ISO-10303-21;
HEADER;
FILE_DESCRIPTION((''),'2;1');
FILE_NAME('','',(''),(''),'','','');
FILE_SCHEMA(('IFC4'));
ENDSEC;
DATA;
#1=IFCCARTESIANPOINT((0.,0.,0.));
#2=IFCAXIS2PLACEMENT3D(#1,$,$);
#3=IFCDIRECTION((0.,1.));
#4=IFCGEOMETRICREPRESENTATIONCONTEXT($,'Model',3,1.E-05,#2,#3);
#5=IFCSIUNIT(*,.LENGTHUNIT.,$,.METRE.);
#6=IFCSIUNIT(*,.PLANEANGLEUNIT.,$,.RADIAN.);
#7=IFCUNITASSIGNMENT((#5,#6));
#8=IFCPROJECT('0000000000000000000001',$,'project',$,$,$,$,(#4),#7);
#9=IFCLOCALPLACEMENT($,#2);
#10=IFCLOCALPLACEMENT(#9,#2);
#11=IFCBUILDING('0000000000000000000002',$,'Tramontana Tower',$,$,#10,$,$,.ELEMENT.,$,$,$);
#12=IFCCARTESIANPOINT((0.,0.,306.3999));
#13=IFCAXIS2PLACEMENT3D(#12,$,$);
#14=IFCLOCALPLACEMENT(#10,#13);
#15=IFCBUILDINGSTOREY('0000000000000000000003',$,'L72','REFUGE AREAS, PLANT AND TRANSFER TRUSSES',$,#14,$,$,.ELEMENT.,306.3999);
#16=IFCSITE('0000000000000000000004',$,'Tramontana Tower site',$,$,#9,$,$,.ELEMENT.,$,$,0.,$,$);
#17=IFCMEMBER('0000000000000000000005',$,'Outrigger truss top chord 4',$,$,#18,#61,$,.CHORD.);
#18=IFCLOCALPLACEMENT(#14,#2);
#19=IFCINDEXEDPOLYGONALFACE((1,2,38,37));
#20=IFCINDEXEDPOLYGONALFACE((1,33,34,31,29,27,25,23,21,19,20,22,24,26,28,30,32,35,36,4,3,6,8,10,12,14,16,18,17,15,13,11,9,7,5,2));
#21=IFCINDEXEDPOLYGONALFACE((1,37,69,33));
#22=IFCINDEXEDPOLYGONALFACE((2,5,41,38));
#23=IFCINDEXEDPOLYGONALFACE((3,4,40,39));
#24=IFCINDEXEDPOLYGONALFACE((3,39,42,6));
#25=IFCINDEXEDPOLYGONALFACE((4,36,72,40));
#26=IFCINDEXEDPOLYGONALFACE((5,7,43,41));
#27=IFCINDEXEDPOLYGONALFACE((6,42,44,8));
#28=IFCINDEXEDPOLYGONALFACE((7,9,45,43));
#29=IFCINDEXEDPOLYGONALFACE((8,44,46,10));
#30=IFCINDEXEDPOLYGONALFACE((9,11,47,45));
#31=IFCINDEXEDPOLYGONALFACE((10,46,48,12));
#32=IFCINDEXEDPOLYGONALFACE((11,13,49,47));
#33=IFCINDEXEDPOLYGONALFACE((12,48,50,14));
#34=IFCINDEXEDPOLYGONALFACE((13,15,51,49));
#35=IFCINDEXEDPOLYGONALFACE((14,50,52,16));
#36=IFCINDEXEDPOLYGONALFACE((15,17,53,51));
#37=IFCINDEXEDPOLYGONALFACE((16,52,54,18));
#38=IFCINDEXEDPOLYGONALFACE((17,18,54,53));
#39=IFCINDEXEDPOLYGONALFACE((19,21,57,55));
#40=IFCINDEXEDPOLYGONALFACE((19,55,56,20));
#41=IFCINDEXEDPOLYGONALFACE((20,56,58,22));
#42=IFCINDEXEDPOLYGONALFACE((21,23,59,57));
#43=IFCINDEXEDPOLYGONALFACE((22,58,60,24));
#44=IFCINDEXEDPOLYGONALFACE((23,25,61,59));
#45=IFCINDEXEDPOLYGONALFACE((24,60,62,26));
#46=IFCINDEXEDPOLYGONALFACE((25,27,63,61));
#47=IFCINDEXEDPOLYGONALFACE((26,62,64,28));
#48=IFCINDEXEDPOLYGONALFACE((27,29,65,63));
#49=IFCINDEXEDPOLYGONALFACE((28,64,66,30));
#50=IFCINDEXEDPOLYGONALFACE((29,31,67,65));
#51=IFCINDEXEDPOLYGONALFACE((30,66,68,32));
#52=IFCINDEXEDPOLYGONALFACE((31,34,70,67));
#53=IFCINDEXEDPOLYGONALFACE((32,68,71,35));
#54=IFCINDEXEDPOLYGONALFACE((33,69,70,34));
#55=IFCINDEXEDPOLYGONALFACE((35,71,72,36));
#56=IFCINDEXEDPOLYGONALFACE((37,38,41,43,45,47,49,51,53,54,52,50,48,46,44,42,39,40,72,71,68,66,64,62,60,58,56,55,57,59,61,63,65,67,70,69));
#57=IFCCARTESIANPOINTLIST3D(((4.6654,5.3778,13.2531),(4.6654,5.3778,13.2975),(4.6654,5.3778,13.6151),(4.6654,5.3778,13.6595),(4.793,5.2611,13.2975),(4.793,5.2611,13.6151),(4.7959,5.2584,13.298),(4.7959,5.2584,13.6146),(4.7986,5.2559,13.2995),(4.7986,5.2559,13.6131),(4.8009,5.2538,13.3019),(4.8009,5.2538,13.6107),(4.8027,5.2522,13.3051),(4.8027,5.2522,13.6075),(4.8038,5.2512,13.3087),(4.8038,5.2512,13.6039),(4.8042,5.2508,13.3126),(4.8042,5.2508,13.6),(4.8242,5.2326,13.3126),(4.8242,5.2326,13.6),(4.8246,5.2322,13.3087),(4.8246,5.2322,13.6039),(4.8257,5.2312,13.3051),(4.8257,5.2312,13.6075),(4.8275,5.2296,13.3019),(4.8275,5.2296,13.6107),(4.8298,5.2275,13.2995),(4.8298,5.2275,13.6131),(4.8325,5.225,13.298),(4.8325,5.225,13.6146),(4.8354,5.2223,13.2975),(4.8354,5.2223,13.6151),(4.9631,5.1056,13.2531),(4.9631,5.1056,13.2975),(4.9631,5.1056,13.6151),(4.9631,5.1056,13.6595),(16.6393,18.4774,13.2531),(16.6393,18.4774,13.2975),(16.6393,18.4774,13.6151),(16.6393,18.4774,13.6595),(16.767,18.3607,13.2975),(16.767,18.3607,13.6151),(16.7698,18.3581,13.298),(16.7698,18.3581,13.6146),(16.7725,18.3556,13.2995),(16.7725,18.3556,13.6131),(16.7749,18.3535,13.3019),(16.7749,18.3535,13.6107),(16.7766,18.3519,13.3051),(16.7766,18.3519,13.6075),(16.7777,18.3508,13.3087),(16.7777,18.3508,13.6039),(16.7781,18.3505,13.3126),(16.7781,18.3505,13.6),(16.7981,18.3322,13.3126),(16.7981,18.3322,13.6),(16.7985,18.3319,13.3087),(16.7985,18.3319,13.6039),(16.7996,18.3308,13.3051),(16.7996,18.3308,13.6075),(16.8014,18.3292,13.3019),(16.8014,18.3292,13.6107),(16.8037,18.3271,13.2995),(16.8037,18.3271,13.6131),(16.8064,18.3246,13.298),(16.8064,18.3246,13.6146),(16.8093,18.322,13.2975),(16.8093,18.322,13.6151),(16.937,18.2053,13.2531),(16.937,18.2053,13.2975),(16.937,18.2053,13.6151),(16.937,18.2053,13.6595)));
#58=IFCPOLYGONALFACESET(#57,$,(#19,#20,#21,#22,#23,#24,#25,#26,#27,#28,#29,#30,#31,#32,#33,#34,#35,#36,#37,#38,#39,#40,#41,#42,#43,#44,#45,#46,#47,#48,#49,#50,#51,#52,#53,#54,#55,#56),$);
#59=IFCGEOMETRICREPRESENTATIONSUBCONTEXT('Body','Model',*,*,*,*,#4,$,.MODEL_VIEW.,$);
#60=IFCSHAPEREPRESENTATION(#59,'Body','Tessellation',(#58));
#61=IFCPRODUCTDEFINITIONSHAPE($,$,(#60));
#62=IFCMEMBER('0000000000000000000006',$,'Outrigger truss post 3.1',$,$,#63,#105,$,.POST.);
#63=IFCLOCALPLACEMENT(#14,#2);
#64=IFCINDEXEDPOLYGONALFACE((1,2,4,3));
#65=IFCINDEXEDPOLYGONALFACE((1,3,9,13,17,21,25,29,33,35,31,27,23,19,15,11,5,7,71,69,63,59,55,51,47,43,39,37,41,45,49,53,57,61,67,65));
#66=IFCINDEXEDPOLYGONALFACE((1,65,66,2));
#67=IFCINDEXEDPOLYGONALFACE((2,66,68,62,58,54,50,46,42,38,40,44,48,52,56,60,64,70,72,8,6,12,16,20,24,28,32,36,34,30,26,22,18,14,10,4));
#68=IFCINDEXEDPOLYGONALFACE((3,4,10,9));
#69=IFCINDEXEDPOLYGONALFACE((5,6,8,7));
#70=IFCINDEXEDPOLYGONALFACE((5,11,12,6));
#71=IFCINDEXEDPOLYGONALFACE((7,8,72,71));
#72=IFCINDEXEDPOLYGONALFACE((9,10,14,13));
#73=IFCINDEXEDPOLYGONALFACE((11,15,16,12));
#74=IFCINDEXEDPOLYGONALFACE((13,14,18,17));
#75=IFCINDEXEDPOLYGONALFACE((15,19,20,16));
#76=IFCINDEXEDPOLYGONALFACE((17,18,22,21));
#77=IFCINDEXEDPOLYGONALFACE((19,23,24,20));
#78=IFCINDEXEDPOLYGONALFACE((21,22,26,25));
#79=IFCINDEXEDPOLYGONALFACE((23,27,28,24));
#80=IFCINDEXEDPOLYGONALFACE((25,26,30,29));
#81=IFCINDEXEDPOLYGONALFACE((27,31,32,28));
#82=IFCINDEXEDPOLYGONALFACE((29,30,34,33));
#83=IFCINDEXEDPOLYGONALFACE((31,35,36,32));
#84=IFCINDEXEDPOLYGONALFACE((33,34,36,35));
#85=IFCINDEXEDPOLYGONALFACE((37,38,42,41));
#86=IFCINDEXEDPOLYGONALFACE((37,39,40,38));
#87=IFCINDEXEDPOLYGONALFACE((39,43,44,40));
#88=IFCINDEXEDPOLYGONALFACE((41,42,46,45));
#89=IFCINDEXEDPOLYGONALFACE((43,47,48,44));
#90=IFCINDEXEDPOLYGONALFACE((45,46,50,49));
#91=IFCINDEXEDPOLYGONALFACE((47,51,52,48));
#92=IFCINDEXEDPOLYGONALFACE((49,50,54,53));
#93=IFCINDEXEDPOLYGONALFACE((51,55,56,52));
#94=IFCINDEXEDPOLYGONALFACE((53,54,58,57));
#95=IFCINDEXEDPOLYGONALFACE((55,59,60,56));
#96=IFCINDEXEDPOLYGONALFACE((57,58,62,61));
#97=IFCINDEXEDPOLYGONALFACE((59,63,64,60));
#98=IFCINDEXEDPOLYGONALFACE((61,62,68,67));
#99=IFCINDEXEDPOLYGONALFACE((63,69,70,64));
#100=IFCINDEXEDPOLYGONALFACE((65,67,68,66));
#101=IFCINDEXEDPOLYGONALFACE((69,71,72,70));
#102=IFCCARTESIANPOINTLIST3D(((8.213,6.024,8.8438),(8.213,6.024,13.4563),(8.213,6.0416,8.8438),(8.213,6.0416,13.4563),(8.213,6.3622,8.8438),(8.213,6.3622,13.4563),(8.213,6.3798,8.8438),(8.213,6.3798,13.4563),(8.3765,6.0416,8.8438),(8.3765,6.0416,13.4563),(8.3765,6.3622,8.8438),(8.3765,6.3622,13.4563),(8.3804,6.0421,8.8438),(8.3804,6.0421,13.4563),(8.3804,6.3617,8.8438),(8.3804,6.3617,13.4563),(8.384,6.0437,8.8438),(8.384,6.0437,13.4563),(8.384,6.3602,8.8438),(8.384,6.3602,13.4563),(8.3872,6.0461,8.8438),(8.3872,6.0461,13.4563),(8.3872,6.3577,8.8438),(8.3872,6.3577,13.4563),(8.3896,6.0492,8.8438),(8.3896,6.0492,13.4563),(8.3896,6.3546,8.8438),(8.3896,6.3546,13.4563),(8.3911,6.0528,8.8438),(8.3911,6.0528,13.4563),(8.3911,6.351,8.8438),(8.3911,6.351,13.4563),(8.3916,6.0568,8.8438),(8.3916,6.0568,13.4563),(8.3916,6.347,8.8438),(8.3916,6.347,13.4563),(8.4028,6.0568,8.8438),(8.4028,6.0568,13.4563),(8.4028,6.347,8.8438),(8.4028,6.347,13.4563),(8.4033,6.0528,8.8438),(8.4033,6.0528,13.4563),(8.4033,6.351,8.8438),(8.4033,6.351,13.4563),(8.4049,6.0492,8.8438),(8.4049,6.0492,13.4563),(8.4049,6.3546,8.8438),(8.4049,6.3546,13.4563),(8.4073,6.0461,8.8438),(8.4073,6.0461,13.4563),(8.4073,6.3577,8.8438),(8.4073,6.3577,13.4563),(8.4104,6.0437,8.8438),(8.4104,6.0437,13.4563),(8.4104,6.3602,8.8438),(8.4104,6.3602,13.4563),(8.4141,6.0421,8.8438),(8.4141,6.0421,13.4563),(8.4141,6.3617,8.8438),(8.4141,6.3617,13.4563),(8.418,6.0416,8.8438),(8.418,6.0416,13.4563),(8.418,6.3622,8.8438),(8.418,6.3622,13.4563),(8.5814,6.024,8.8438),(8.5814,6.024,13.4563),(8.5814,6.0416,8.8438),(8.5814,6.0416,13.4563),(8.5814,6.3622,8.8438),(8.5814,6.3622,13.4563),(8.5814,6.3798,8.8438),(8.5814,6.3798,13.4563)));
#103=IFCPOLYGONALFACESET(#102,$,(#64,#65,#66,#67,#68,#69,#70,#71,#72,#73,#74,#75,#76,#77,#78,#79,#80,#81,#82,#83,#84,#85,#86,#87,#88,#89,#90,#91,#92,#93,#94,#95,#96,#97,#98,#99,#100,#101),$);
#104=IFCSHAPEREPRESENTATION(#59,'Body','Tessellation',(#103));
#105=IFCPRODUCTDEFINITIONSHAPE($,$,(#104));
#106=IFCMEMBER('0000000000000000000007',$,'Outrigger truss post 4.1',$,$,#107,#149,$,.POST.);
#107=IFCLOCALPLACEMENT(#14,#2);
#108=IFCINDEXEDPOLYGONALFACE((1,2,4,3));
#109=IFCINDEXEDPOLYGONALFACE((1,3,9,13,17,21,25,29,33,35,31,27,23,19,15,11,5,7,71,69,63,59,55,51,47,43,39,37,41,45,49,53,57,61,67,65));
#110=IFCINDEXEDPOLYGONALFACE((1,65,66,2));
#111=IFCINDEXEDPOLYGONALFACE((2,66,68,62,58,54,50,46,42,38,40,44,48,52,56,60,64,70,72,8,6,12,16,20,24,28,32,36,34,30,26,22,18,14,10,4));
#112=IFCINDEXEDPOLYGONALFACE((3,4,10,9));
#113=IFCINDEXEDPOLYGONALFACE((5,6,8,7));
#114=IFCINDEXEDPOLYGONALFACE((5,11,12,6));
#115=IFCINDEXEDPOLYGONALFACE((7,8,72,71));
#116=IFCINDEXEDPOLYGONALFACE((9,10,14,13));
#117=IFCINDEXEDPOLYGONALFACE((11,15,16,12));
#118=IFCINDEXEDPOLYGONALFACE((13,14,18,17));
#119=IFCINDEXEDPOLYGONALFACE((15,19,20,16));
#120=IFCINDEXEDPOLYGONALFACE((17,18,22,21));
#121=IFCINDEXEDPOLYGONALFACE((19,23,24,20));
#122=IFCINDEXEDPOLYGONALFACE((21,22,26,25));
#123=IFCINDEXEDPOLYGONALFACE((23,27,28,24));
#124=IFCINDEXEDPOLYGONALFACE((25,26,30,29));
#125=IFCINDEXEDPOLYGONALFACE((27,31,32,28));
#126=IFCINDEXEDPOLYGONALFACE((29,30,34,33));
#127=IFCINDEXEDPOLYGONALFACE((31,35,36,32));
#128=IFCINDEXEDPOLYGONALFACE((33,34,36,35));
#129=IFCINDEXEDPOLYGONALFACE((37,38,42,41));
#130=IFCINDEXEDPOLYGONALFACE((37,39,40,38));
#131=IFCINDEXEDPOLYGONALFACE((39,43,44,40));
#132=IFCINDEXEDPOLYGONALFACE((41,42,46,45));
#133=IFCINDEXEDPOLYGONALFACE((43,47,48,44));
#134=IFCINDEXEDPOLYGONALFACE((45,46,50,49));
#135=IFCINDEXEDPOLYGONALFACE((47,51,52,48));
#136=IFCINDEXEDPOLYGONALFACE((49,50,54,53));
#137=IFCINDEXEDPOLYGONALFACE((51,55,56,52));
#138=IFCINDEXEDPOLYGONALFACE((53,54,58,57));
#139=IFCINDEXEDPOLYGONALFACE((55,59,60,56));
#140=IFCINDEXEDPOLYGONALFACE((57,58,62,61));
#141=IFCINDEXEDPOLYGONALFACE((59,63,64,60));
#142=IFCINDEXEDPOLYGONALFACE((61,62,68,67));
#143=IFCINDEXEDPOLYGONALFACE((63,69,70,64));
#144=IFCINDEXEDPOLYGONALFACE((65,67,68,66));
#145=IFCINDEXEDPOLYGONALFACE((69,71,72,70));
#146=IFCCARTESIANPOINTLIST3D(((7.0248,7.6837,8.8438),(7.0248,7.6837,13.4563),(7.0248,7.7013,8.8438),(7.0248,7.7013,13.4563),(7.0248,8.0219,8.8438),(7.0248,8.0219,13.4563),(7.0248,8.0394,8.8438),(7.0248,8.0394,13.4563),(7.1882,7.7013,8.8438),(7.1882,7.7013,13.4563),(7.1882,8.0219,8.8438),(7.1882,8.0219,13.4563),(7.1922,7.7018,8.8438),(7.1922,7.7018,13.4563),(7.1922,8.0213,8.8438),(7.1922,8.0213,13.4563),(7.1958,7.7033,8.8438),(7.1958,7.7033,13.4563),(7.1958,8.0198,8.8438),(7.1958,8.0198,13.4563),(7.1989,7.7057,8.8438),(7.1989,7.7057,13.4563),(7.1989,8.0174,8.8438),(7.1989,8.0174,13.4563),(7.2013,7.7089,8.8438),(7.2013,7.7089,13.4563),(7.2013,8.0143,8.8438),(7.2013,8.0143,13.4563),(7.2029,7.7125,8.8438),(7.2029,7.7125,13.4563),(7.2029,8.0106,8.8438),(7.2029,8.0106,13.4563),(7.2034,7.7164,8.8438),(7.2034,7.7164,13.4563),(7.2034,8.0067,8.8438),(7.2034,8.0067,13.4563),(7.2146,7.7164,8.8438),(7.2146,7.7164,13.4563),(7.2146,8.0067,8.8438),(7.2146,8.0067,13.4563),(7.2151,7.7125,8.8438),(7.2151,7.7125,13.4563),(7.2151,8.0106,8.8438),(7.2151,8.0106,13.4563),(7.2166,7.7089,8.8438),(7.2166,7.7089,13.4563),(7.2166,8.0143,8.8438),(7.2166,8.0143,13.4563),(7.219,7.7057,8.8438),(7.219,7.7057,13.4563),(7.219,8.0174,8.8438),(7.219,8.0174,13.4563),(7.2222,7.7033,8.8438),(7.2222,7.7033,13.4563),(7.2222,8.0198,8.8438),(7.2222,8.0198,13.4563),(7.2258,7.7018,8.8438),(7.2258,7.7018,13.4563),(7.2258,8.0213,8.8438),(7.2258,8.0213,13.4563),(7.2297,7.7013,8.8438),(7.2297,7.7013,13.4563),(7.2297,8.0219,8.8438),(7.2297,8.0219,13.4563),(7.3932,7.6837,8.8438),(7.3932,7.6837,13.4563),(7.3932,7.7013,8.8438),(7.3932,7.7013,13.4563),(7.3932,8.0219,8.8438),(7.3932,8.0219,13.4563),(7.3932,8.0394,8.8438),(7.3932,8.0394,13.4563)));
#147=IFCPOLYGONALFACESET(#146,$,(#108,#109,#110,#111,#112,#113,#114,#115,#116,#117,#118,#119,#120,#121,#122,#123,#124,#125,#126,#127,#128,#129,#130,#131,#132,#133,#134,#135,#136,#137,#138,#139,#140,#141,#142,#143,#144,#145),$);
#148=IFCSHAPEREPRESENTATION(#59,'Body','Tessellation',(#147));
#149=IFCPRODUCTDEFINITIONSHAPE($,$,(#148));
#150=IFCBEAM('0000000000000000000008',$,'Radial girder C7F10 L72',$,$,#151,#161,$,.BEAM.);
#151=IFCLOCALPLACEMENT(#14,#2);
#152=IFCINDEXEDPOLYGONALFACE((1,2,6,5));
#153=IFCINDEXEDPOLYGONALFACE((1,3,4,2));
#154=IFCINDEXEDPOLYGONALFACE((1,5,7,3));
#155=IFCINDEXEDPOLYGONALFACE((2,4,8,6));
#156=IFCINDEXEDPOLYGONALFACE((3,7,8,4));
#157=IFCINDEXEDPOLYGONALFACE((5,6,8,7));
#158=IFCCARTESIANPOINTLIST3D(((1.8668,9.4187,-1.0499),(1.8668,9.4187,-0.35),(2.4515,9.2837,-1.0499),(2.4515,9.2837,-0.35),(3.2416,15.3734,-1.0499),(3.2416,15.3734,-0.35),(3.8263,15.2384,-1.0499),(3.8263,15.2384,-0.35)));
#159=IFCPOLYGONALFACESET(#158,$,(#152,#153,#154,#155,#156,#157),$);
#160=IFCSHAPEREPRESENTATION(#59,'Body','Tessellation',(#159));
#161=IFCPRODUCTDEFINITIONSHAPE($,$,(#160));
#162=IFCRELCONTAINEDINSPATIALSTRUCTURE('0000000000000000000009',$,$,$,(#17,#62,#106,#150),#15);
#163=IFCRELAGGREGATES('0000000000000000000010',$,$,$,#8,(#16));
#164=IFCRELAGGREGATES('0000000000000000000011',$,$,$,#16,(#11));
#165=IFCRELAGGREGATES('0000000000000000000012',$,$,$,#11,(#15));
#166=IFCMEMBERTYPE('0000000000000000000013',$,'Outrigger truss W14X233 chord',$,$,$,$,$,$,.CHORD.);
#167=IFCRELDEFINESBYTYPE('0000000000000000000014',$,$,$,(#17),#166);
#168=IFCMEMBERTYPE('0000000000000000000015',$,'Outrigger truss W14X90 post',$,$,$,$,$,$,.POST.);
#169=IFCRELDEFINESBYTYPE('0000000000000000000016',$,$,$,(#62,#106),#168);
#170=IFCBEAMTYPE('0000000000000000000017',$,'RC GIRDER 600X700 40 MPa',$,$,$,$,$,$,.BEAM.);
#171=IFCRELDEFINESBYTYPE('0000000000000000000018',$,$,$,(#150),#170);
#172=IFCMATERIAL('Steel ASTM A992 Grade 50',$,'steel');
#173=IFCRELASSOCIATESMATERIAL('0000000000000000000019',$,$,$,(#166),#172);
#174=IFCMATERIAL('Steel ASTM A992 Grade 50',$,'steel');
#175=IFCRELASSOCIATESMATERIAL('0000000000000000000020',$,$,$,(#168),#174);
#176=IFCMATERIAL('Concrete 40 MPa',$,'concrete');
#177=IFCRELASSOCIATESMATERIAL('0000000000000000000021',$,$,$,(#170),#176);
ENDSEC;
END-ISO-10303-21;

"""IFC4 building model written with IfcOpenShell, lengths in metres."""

from ifc_helpers import new_model, si_unit, direction, frame, origin, origin_2d, place, context, subcontext, project, spatial, rectangle, i_section, extrude, material, material_profile, profile_set, type_object, element, save


model = new_model("IFC4")

# Units and contexts
model_context = context("Model", 3, precision=1e-05, world=origin(), true_north=direction((0.0, 1.0)))
body_context = subcontext(model_context, "Body", "Model", "MODEL_VIEW")
ifc_project = project(units=[si_unit("LENGTHUNIT", "METRE"), si_unit("PLANEANGLEUNIT", "RADIAN")], contexts=[model_context])

# Site, building, storey
site_placement = place(None, origin())
site = spatial("IfcSite", under=ifc_project, at=site_placement, Name="Tramontana Tower site", CompositionType="ELEMENT", RefElevation=0.0)
building_placement = place(site_placement, origin())
building = spatial("IfcBuilding", under=site, at=building_placement, Name="Tramontana Tower", CompositionType="ELEMENT")
storey_placement = place(building_placement, frame((0.0, 0.0, 306.3999)))
storey = spatial("IfcBuildingStorey", under=building, at=storey_placement, Name="L72", Description="REFUGE AREAS, PLANT AND TRANSFER TRUSSES", CompositionType="ELEMENT", Elevation=306.3999)

# Members
ifc_material_1 = material(Name="Steel ASTM A992 Grade 50", Category="steel")
ifc_material_profile_1 = material_profile(ifc_material_1, i_section(OverallWidth=0.4033, OverallDepth=0.4065, WebThickness=0.0271, FlangeThickness=0.0444, FilletRadius=0.0151, at=origin_2d()), Name="W14X233")
ifc_profile_set_1 = profile_set([ifc_material_profile_1], Name="Steel ASTM A992 Grade 50")
member_type_1 = type_object("IfcMemberType", Name="Outrigger truss W14X233 chord", PredefinedType="CHORD", material=ifc_profile_set_1)
for number, where, z_axis, x_axis, name in (
    (1, (4.8142, 5.2417, 13.4563), (0.67468, 0.73811, 0.0), (-0.73811, 0.67468, 0.0), "Outrigger truss top chord 4"),
):
    element("IfcMember", number, at=place(storey_placement, frame(where, z_axis=z_axis, x_axis=x_axis)), inside=storey, type_object=member_type_1, Name=name, PredefinedType="CHORD", context=body_context, shape_type="SweptSolid", body=[
        extrude(i_section(OverallWidth=0.4033, OverallDepth=0.4065, WebThickness=0.0271, FlangeThickness=0.0444, FilletRadius=0.0151, at=origin_2d()), origin(), (0.0, 0.0, 1.0), 17.7476),
    ])
ifc_material_2 = material(Name="Steel ASTM A992 Grade 50", Category="steel")
ifc_material_profile_2 = material_profile(ifc_material_2, i_section(OverallWidth=0.3684, OverallDepth=0.3557, WebThickness=0.0112, FlangeThickness=0.0176, FilletRadius=0.0151, at=origin_2d()), Name="W14X90")
ifc_profile_set_2 = profile_set([ifc_material_profile_2], Name="Steel ASTM A992 Grade 50")
member_type_2 = type_object("IfcMemberType", Name="Outrigger truss W14X90 post", PredefinedType="POST", material=ifc_profile_set_2)
for number, where, z_axis, x_axis, name in (
    (2, (8.3972, 6.2019, 8.8438), (0.0, 0.0, 1.0), (1.0, 0.0, 0.0), "Outrigger truss post 3.1"),
    (3, (7.209, 7.8616, 8.8438), (0.0, 0.0, 1.0), (1.0, 0.0, 0.0), "Outrigger truss post 4.1"),
):
    element("IfcMember", number, at=place(storey_placement, frame(where, z_axis=z_axis, x_axis=x_axis)), inside=storey, type_object=member_type_2, Name=name, PredefinedType="POST", context=body_context, shape_type="SweptSolid", body=[
        extrude(i_section(OverallWidth=0.3684, OverallDepth=0.3557, WebThickness=0.0112, FlangeThickness=0.0176, FilletRadius=0.0151, at=origin_2d()), origin(), (0.0, 0.0, 1.0), 4.6125),
    ])

# Beam
ifc_material_3 = material(Name="Concrete 40 MPa", Category="concrete")
ifc_material_profile_3 = material_profile(ifc_material_3, rectangle(XDim=0.6001, YDim=0.7, at=origin_2d()), Name="RC GIRDER 600X700 40 MPa")
ifc_profile_set_3 = profile_set([ifc_material_profile_3], Name="Concrete 40 MPa")
beam_type = type_object("IfcBeamType", Name="RC GIRDER 600X700 40 MPa", PredefinedType="BEAM", material=ifc_profile_set_3)
beam_placement = place(storey_placement, frame((3.5339, 15.3059, -0.7), z_axis=(-0.224956, -0.974369, 0.0), x_axis=(0.974369, -0.224956, 0.0)))
element("IfcBeam", 4, at=beam_placement, inside=storey, type_object=beam_type, Name="Radial girder C7F10 L72", PredefinedType="BEAM", context=body_context, shape_type="SweptSolid", body=[
    extrude(rectangle(XDim=0.6001, YDim=0.7, at=origin_2d()), origin(), (0.0, 0.0, 1.0), 6.1113),
])

save(model, "model.ifc")
